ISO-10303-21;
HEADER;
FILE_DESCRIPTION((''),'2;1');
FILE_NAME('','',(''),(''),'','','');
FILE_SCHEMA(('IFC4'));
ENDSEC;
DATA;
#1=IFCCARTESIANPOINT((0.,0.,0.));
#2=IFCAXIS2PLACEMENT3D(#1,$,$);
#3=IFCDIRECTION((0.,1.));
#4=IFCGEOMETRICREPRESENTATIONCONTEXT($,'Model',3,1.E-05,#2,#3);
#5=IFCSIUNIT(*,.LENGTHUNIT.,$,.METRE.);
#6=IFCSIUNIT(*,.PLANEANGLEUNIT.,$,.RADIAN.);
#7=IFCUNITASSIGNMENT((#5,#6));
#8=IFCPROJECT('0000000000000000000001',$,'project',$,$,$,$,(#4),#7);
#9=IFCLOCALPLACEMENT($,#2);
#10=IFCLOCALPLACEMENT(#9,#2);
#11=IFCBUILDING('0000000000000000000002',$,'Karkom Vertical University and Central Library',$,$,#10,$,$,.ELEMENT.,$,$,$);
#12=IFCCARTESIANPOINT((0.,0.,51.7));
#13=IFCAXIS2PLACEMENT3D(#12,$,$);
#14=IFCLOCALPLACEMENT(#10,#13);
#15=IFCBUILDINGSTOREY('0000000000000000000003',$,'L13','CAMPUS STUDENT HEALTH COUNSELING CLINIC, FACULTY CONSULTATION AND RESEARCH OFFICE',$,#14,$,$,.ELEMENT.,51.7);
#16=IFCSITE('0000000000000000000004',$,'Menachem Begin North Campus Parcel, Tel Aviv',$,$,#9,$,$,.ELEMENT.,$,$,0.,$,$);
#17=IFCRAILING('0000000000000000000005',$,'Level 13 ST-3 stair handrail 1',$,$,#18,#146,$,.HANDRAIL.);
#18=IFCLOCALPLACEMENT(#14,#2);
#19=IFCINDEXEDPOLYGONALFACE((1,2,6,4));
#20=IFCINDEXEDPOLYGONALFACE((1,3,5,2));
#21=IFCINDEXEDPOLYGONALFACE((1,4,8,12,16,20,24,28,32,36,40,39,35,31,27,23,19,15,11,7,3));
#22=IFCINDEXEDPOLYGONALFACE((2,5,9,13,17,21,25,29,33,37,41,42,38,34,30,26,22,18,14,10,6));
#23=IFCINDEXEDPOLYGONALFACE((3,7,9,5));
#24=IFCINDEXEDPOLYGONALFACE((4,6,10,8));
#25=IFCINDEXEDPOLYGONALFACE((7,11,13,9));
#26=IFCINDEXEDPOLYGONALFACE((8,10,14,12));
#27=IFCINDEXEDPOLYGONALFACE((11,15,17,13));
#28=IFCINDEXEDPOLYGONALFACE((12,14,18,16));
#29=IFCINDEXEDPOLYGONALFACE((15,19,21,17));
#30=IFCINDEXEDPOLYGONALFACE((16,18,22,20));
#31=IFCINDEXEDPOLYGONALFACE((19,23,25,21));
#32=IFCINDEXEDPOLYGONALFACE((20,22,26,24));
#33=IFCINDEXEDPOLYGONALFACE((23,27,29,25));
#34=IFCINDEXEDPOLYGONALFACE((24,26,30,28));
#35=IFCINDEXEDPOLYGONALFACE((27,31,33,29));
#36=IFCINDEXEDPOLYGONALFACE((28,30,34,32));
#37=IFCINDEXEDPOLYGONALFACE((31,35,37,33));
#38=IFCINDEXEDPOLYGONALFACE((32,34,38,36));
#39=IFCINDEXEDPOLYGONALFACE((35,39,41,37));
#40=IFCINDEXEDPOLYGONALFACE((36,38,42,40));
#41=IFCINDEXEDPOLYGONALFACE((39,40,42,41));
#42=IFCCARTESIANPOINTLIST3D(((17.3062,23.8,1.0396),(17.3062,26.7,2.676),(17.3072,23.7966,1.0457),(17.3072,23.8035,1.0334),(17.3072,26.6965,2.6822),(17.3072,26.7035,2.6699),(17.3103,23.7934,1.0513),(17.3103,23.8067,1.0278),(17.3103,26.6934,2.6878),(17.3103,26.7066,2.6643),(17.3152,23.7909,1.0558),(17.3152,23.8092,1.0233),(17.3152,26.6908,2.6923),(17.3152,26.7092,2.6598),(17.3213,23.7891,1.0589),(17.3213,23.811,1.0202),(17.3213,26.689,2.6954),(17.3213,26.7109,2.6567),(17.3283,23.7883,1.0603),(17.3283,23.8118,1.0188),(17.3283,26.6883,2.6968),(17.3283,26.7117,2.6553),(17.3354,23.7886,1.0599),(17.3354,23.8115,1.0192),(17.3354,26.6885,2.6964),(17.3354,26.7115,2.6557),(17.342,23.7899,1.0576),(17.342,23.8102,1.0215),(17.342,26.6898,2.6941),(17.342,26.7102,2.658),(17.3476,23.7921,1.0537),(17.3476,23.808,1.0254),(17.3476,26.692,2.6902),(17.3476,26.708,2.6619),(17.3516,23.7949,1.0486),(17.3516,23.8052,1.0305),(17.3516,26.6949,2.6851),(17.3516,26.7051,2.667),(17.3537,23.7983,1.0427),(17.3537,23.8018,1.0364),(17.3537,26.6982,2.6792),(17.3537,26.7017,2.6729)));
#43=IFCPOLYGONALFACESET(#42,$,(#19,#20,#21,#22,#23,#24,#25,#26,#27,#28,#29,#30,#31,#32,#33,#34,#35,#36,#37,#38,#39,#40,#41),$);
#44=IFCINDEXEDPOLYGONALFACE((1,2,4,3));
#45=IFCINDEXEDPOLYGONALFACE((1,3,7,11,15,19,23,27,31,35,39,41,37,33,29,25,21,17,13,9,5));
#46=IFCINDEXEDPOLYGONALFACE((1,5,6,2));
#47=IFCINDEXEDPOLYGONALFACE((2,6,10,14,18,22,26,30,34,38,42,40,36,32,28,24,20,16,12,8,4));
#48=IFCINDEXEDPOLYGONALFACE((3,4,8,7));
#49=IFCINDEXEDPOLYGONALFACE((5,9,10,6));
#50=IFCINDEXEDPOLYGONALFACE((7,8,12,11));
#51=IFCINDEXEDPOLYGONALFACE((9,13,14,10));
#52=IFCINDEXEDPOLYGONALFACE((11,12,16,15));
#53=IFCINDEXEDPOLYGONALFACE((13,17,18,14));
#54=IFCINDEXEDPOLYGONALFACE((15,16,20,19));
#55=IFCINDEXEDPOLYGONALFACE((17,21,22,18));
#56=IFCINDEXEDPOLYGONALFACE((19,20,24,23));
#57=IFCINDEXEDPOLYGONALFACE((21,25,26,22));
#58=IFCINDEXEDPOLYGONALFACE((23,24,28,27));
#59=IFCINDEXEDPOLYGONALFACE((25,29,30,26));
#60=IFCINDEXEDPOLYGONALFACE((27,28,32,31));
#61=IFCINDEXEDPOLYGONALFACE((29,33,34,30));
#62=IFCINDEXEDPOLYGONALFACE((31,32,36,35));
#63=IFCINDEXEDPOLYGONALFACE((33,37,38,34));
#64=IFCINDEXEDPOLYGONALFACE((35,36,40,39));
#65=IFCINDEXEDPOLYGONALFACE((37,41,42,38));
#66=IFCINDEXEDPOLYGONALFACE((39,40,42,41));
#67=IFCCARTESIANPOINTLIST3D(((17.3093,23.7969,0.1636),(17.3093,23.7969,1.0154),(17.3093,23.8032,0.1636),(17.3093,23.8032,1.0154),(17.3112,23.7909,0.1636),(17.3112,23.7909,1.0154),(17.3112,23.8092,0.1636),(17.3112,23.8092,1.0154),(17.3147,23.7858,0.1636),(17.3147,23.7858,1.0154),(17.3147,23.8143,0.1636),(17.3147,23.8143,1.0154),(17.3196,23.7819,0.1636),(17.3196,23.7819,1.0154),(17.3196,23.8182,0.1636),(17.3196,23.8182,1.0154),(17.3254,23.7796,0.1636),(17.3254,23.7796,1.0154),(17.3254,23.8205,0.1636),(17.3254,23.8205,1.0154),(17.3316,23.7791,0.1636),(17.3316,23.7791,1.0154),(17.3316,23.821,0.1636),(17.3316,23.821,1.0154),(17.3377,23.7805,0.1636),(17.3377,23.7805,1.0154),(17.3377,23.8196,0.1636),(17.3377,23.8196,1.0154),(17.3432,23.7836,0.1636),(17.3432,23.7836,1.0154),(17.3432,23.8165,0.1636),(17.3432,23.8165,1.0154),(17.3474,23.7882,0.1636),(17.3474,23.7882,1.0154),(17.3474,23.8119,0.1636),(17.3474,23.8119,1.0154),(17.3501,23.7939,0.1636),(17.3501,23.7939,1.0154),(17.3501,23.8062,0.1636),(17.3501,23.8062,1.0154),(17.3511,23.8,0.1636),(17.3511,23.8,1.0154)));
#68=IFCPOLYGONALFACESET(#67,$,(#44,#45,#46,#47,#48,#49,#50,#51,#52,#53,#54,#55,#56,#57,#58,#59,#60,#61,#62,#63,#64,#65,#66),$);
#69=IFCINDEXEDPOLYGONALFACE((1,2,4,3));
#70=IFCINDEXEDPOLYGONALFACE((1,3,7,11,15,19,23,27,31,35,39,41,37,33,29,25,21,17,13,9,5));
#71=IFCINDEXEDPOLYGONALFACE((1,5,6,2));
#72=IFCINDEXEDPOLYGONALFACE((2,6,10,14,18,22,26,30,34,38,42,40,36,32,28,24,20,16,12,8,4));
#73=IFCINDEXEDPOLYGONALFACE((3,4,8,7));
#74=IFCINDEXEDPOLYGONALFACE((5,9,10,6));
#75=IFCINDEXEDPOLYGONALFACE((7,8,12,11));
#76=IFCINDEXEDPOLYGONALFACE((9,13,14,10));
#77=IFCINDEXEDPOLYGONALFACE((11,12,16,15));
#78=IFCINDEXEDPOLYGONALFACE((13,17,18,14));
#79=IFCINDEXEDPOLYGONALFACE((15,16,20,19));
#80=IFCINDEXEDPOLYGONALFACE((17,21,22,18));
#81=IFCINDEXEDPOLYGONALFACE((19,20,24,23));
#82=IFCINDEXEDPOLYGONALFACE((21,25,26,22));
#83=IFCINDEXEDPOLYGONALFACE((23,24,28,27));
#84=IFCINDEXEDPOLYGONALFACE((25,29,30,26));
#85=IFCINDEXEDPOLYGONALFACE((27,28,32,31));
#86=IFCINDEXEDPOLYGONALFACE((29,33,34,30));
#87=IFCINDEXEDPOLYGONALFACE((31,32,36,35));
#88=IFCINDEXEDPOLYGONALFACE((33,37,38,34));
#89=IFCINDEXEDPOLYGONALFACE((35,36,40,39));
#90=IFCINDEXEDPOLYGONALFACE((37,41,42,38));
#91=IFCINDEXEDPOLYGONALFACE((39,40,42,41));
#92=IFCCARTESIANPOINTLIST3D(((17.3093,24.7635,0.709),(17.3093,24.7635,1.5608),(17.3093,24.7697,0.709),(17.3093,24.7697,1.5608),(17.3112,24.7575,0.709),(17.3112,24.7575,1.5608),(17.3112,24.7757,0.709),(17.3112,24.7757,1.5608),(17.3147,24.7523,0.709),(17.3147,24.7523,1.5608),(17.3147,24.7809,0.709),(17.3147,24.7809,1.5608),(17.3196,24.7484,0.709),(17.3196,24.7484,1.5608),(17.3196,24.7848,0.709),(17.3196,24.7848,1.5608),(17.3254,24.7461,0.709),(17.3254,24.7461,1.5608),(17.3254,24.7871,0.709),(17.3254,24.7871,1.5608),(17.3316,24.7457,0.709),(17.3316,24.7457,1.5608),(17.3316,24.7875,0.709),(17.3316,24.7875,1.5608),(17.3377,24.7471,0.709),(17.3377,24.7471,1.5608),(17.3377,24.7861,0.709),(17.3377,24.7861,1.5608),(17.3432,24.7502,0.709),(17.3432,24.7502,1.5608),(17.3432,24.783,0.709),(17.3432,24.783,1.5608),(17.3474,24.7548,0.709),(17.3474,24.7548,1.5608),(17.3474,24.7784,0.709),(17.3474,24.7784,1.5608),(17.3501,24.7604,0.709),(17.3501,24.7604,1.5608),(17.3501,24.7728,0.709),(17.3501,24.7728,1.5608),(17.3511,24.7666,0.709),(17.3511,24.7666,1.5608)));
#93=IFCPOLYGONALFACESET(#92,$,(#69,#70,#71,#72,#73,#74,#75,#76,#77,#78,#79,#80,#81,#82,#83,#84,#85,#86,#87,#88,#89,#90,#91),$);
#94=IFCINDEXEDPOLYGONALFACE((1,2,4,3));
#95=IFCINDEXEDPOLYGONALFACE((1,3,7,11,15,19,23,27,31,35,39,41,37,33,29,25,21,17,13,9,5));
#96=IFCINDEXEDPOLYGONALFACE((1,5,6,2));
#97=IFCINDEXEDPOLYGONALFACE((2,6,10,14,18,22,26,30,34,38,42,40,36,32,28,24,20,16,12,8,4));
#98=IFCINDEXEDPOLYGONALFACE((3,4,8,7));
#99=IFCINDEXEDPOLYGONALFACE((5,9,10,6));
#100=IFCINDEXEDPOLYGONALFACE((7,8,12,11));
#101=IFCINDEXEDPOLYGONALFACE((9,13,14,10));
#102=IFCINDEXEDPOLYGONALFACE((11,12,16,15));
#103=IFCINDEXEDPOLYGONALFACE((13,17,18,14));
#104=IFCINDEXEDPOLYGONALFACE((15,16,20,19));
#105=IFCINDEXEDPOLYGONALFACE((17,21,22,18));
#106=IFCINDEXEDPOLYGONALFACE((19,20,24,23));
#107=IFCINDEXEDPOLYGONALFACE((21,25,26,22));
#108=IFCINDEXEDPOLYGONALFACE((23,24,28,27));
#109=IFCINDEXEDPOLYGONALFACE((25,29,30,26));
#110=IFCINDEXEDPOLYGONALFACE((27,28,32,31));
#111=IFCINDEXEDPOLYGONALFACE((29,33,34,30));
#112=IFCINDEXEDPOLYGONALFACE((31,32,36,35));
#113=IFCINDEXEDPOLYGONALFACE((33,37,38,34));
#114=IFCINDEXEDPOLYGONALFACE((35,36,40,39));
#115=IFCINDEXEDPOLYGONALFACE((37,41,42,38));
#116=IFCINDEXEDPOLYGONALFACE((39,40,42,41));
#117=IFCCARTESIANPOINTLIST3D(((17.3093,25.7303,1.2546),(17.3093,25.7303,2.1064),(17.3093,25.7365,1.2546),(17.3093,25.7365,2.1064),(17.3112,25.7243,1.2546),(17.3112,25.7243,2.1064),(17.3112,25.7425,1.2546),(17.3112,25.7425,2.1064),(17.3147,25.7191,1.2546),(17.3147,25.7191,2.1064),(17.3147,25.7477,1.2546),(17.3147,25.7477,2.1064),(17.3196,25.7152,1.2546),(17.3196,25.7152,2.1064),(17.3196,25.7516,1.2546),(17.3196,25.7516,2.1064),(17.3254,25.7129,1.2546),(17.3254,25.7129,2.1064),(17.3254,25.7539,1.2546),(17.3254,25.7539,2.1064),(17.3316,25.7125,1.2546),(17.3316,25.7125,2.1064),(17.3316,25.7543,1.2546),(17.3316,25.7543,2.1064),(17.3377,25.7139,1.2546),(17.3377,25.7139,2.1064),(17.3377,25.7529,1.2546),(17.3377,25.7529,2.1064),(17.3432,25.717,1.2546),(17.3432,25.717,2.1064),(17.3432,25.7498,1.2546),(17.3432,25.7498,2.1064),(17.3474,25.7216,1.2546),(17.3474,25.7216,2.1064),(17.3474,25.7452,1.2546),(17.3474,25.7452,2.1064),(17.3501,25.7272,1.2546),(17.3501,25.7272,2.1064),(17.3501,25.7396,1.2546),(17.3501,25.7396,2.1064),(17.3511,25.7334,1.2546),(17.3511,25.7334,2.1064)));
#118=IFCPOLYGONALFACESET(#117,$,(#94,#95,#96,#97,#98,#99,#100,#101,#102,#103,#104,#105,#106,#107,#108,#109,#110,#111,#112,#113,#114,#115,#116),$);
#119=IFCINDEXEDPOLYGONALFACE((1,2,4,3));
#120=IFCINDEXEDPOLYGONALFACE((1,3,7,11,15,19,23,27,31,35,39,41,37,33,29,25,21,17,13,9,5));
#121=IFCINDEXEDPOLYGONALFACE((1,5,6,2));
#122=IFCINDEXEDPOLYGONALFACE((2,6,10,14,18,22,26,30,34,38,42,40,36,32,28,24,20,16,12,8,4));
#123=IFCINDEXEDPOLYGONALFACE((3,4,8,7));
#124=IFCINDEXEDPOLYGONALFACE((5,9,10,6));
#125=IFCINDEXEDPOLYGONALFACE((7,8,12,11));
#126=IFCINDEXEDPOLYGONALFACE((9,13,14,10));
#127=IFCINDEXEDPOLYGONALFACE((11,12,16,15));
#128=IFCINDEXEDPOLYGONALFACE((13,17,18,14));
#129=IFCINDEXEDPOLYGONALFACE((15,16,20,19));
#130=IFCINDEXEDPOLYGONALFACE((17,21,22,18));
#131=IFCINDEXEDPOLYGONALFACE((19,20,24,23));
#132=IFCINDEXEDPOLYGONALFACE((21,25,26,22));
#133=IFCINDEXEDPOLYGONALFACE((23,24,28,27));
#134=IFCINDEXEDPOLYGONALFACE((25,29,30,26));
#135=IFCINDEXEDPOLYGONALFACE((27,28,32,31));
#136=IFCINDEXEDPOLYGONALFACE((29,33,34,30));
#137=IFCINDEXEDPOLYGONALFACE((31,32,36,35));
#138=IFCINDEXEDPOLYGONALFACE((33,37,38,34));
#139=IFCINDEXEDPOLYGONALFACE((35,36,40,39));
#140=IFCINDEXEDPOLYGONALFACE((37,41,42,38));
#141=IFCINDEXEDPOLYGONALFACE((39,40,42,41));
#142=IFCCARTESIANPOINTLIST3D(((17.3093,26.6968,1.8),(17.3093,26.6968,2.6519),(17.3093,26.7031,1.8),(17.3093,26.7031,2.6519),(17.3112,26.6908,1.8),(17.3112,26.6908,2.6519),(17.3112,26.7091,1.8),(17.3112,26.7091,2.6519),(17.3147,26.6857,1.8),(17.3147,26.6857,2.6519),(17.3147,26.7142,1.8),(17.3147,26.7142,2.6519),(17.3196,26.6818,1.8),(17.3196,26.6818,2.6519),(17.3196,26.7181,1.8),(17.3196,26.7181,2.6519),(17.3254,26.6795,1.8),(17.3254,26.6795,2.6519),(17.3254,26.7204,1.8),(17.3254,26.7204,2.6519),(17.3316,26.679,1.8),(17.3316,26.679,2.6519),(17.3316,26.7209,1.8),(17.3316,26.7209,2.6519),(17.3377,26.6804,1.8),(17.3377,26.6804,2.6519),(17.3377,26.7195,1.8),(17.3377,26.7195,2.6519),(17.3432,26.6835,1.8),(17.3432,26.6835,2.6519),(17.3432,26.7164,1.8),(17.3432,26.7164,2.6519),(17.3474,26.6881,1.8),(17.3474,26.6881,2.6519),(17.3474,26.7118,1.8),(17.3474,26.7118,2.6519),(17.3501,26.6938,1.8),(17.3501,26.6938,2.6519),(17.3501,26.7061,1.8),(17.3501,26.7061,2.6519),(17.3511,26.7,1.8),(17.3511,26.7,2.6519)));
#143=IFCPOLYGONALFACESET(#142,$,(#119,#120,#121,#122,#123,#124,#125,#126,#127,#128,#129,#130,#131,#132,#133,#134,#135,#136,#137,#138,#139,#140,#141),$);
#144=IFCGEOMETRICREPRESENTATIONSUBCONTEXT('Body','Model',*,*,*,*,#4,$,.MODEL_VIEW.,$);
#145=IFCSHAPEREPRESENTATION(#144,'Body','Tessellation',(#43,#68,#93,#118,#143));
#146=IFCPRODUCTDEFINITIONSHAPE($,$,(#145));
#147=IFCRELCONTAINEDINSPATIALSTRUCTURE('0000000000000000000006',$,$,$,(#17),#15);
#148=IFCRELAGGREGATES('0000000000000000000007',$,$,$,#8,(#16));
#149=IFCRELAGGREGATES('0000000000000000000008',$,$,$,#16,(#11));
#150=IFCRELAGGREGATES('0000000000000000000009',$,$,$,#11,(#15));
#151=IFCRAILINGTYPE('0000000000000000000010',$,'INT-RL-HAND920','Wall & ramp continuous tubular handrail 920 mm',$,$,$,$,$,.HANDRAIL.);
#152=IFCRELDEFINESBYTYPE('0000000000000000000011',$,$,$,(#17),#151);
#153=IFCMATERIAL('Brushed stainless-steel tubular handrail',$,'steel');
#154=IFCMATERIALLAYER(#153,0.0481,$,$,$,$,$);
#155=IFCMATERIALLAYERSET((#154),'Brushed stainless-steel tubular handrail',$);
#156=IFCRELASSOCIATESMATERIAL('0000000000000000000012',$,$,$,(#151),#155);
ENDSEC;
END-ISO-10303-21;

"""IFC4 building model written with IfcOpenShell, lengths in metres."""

from ifc_helpers import new_model, si_unit, direction, frame, origin, origin_2d, place, context, subcontext, project, spatial, circle, extrude, material, layer, layer_set, type_object, element, save


model = new_model("IFC4")

# Units and contexts
model_context = context("Model", 3, precision=1e-05, world=origin(), true_north=direction((0.0, 1.0)))
body_context = subcontext(model_context, "Body", "Model", "MODEL_VIEW")
ifc_project = project(units=[si_unit("LENGTHUNIT", "METRE"), si_unit("PLANEANGLEUNIT", "RADIAN")], contexts=[model_context])

# Site, building, storey
site_placement = place(None, origin())
site = spatial("IfcSite", under=ifc_project, at=site_placement, Name="Menachem Begin North Campus Parcel, Tel Aviv", CompositionType="ELEMENT", RefElevation=0.0)
building_placement = place(site_placement, origin())
building = spatial("IfcBuilding", under=site, at=building_placement, Name="Karkom Vertical University and Central Library", CompositionType="ELEMENT")
storey_placement = place(building_placement, frame((0.0, 0.0, 51.7)))
storey = spatial("IfcBuildingStorey", under=building, at=storey_placement, Name="L13", Description="CAMPUS STUDENT HEALTH COUNSELING CLINIC, FACULTY CONSULTATION AND RESEARCH OFFICE", CompositionType="ELEMENT", Elevation=51.7)

# Railing
ifc_material_1 = material(Name="Brushed stainless-steel tubular handrail", Category="steel")
ifc_layer_1 = layer(ifc_material_1, 0.0481)
ifc_layer_set_1 = layer_set([ifc_layer_1], Name="Brushed stainless-steel tubular handrail")
railing_type_1 = type_object("IfcRailingType", Name="INT-RL-HAND920", Description="Wall & ramp continuous tubular handrail 920 mm", PredefinedType="HANDRAIL", material=ifc_layer_set_1)
railing_1_placement = place(storey_placement, frame((17.3301, 23.8, 0.1636)))
element("IfcRailing", 1, at=railing_1_placement, inside=storey, type_object=railing_type_1, Name="Level 13 ST-3 stair handrail 1", PredefinedType="HANDRAIL", context=body_context, shape_type="SweptSolid", body=[
    extrude(circle(Radius=0.0239, at=origin_2d()), frame((0.0, 0.0, 0.876), z_axis=(0.0, 0.870897, 0.491465), x_axis=(-1.0, 0.0, 0.0)), (0.0, 0.0, 1.0), 3.3298),
    extrude(circle(Radius=0.021, at=origin_2d()), origin(), (0.0, 0.0, 1.0), 0.8518),
    extrude(circle(Radius=0.021, at=origin_2d()), frame((0.0, 0.9666, 0.5454)), (0.0, 0.0, 1.0), 0.8518),
    extrude(circle(Radius=0.021, at=origin_2d()), frame((0.0, 1.9333, 1.0911)), (0.0, 0.0, 1.0), 0.8518),
    extrude(circle(Radius=0.021, at=origin_2d()), frame((0.0, 2.8999, 1.6365)), (0.0, 0.0, 1.0), 0.8518),
])

save(model, "model.ifc")
